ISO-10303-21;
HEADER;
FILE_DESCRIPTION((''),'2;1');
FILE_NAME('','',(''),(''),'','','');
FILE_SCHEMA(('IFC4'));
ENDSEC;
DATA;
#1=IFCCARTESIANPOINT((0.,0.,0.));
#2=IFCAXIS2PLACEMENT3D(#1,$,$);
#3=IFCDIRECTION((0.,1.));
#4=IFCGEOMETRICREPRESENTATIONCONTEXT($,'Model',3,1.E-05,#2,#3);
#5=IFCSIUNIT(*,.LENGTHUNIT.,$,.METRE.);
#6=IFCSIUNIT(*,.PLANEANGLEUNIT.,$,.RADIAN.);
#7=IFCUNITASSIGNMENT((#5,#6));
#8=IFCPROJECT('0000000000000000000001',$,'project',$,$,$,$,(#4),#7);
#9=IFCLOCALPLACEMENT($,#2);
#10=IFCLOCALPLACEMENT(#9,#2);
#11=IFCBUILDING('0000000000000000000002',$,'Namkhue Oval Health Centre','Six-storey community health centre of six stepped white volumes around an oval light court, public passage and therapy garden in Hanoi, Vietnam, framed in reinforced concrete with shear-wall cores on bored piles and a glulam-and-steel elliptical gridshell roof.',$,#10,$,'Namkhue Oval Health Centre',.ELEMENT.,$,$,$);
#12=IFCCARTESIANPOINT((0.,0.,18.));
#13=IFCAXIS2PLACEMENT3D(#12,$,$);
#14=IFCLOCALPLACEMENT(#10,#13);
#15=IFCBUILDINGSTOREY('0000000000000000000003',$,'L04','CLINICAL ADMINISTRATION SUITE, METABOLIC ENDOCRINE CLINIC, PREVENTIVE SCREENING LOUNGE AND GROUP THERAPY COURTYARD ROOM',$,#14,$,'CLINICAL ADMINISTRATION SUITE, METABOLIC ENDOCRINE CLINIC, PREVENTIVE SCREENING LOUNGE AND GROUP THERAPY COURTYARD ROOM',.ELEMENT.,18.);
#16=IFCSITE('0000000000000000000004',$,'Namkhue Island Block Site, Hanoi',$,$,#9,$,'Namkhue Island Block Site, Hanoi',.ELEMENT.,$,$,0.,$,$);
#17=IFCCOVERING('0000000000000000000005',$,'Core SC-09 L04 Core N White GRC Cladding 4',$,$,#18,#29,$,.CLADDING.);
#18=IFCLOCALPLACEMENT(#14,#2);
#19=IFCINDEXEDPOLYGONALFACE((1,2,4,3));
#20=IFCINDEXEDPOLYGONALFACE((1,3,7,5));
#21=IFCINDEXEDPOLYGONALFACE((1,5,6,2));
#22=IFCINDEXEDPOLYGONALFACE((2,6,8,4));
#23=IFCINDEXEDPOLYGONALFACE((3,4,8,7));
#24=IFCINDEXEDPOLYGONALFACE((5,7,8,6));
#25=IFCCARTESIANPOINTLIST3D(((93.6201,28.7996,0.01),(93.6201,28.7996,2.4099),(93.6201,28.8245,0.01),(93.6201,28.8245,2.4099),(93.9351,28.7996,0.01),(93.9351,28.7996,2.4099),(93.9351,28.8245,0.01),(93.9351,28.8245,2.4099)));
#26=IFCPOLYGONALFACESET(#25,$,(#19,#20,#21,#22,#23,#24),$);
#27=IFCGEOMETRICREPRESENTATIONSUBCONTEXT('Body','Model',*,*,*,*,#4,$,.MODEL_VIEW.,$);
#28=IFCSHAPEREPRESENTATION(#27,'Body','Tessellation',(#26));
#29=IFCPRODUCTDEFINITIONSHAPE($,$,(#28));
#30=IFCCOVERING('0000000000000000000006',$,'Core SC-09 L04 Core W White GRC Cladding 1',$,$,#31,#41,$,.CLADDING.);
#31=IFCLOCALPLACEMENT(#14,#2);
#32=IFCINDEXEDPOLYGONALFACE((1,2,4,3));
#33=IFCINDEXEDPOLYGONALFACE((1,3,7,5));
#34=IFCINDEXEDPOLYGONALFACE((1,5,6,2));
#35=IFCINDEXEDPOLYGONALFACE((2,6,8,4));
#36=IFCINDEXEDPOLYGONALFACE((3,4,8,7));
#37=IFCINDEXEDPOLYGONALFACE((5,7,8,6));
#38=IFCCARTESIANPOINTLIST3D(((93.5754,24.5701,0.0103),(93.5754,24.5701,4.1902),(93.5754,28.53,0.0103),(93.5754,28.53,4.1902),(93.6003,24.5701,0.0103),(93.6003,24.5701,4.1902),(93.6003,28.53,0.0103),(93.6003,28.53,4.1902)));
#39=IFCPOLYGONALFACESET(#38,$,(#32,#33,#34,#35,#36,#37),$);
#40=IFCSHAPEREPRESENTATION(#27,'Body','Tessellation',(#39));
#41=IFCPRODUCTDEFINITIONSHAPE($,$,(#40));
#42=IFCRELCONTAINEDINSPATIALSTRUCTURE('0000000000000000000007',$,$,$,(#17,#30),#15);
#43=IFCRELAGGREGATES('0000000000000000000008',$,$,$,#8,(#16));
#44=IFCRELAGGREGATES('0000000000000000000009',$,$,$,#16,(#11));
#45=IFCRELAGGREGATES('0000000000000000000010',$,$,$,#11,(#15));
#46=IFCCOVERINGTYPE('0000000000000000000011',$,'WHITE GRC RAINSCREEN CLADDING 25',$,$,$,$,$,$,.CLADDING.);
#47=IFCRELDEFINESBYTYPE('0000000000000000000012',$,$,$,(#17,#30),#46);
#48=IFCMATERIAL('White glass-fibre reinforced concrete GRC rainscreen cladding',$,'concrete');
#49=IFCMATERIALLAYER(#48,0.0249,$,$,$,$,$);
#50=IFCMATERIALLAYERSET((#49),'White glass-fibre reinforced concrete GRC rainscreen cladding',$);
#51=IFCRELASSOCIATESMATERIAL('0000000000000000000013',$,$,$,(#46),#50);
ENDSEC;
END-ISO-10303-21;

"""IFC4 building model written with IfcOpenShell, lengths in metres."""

from ifc_helpers import new_model, si_unit, direction, frame, origin, origin_2d, place, context, subcontext, project, spatial, rectangle, extrude, material, layer, layer_set, type_object, element, save


model = new_model("IFC4")

# Units and contexts
model_context = context("Model", 3, precision=1e-05, world=origin(), true_north=direction((0.0, 1.0)))
body_context = subcontext(model_context, "Body", "Model", "MODEL_VIEW")
ifc_project = project(units=[si_unit("LENGTHUNIT", "METRE"), si_unit("PLANEANGLEUNIT", "RADIAN")], contexts=[model_context])

# Site, building, storey
site_placement = place(None, origin())
site = spatial("IfcSite", under=ifc_project, at=site_placement, Name="Namkhue Island Block Site, Hanoi", LongName="Namkhue Island Block Site, Hanoi", CompositionType="ELEMENT", RefElevation=0.0)
building_placement = place(site_placement, origin())
building = spatial("IfcBuilding", under=site, at=building_placement, Name="Namkhue Oval Health Centre", Description="Six-storey community health centre of six stepped white volumes around an oval light court, public passage and therapy garden in Hanoi, Vietnam, framed in reinforced concrete with shear-wall cores on bored piles and a glulam-and-steel elliptical gridshell roof.", LongName="Namkhue Oval Health Centre", CompositionType="ELEMENT")
storey_placement = place(building_placement, frame((0.0, 0.0, 18.0)))
storey = spatial("IfcBuildingStorey", under=building, at=storey_placement, Name="L04", Description="CLINICAL ADMINISTRATION SUITE, METABOLIC ENDOCRINE CLINIC, PREVENTIVE SCREENING LOUNGE AND GROUP THERAPY COURTYARD ROOM", LongName="CLINICAL ADMINISTRATION SUITE, METABOLIC ENDOCRINE CLINIC, PREVENTIVE SCREENING LOUNGE AND GROUP THERAPY COURTYARD ROOM", CompositionType="ELEMENT", Elevation=18.0)

# Coverings
ifc_material_1 = material(Name="White glass-fibre reinforced concrete GRC rainscreen cladding", Category="concrete")
ifc_layer_1 = layer(ifc_material_1, 0.0249)
ifc_layer_set_1 = layer_set([ifc_layer_1], Name="White glass-fibre reinforced concrete GRC rainscreen cladding")
covering_type = type_object("IfcCoveringType", Name="WHITE GRC RAINSCREEN CLADDING 25", PredefinedType="CLADDING", material=ifc_layer_set_1)
covering_1_placement = place(storey_placement, frame((93.7776, 28.812, 0.01), z_axis=(0.0, 0.0, 1.0), x_axis=(-1.0, 0.0, 0.0)))
element("IfcCovering", 1, at=covering_1_placement, inside=storey, type_object=covering_type, Name="Core SC-09 L04 Core N White GRC Cladding 4", PredefinedType="CLADDING", context=body_context, shape_type="SweptSolid", body=[
    extrude(rectangle(XDim=0.3149, YDim=0.0249, at=origin_2d()), origin(), (0.0, 0.0, 1.0), 2.3999),
])
covering_2_placement = place(storey_placement, frame((93.5879, 26.55, 0.0103), z_axis=(0.0, 0.0, 1.0), x_axis=(0.0, -1.0, 0.0)))
element("IfcCovering", 2, at=covering_2_placement, inside=storey, type_object=covering_type, Name="Core SC-09 L04 Core W White GRC Cladding 1", PredefinedType="CLADDING", context=body_context, shape_type="SweptSolid", body=[
    extrude(rectangle(XDim=3.96, YDim=0.0249, at=origin_2d()), origin(), (0.0, 0.0, 1.0), 4.1799),
])

save(model, "model.ifc")
